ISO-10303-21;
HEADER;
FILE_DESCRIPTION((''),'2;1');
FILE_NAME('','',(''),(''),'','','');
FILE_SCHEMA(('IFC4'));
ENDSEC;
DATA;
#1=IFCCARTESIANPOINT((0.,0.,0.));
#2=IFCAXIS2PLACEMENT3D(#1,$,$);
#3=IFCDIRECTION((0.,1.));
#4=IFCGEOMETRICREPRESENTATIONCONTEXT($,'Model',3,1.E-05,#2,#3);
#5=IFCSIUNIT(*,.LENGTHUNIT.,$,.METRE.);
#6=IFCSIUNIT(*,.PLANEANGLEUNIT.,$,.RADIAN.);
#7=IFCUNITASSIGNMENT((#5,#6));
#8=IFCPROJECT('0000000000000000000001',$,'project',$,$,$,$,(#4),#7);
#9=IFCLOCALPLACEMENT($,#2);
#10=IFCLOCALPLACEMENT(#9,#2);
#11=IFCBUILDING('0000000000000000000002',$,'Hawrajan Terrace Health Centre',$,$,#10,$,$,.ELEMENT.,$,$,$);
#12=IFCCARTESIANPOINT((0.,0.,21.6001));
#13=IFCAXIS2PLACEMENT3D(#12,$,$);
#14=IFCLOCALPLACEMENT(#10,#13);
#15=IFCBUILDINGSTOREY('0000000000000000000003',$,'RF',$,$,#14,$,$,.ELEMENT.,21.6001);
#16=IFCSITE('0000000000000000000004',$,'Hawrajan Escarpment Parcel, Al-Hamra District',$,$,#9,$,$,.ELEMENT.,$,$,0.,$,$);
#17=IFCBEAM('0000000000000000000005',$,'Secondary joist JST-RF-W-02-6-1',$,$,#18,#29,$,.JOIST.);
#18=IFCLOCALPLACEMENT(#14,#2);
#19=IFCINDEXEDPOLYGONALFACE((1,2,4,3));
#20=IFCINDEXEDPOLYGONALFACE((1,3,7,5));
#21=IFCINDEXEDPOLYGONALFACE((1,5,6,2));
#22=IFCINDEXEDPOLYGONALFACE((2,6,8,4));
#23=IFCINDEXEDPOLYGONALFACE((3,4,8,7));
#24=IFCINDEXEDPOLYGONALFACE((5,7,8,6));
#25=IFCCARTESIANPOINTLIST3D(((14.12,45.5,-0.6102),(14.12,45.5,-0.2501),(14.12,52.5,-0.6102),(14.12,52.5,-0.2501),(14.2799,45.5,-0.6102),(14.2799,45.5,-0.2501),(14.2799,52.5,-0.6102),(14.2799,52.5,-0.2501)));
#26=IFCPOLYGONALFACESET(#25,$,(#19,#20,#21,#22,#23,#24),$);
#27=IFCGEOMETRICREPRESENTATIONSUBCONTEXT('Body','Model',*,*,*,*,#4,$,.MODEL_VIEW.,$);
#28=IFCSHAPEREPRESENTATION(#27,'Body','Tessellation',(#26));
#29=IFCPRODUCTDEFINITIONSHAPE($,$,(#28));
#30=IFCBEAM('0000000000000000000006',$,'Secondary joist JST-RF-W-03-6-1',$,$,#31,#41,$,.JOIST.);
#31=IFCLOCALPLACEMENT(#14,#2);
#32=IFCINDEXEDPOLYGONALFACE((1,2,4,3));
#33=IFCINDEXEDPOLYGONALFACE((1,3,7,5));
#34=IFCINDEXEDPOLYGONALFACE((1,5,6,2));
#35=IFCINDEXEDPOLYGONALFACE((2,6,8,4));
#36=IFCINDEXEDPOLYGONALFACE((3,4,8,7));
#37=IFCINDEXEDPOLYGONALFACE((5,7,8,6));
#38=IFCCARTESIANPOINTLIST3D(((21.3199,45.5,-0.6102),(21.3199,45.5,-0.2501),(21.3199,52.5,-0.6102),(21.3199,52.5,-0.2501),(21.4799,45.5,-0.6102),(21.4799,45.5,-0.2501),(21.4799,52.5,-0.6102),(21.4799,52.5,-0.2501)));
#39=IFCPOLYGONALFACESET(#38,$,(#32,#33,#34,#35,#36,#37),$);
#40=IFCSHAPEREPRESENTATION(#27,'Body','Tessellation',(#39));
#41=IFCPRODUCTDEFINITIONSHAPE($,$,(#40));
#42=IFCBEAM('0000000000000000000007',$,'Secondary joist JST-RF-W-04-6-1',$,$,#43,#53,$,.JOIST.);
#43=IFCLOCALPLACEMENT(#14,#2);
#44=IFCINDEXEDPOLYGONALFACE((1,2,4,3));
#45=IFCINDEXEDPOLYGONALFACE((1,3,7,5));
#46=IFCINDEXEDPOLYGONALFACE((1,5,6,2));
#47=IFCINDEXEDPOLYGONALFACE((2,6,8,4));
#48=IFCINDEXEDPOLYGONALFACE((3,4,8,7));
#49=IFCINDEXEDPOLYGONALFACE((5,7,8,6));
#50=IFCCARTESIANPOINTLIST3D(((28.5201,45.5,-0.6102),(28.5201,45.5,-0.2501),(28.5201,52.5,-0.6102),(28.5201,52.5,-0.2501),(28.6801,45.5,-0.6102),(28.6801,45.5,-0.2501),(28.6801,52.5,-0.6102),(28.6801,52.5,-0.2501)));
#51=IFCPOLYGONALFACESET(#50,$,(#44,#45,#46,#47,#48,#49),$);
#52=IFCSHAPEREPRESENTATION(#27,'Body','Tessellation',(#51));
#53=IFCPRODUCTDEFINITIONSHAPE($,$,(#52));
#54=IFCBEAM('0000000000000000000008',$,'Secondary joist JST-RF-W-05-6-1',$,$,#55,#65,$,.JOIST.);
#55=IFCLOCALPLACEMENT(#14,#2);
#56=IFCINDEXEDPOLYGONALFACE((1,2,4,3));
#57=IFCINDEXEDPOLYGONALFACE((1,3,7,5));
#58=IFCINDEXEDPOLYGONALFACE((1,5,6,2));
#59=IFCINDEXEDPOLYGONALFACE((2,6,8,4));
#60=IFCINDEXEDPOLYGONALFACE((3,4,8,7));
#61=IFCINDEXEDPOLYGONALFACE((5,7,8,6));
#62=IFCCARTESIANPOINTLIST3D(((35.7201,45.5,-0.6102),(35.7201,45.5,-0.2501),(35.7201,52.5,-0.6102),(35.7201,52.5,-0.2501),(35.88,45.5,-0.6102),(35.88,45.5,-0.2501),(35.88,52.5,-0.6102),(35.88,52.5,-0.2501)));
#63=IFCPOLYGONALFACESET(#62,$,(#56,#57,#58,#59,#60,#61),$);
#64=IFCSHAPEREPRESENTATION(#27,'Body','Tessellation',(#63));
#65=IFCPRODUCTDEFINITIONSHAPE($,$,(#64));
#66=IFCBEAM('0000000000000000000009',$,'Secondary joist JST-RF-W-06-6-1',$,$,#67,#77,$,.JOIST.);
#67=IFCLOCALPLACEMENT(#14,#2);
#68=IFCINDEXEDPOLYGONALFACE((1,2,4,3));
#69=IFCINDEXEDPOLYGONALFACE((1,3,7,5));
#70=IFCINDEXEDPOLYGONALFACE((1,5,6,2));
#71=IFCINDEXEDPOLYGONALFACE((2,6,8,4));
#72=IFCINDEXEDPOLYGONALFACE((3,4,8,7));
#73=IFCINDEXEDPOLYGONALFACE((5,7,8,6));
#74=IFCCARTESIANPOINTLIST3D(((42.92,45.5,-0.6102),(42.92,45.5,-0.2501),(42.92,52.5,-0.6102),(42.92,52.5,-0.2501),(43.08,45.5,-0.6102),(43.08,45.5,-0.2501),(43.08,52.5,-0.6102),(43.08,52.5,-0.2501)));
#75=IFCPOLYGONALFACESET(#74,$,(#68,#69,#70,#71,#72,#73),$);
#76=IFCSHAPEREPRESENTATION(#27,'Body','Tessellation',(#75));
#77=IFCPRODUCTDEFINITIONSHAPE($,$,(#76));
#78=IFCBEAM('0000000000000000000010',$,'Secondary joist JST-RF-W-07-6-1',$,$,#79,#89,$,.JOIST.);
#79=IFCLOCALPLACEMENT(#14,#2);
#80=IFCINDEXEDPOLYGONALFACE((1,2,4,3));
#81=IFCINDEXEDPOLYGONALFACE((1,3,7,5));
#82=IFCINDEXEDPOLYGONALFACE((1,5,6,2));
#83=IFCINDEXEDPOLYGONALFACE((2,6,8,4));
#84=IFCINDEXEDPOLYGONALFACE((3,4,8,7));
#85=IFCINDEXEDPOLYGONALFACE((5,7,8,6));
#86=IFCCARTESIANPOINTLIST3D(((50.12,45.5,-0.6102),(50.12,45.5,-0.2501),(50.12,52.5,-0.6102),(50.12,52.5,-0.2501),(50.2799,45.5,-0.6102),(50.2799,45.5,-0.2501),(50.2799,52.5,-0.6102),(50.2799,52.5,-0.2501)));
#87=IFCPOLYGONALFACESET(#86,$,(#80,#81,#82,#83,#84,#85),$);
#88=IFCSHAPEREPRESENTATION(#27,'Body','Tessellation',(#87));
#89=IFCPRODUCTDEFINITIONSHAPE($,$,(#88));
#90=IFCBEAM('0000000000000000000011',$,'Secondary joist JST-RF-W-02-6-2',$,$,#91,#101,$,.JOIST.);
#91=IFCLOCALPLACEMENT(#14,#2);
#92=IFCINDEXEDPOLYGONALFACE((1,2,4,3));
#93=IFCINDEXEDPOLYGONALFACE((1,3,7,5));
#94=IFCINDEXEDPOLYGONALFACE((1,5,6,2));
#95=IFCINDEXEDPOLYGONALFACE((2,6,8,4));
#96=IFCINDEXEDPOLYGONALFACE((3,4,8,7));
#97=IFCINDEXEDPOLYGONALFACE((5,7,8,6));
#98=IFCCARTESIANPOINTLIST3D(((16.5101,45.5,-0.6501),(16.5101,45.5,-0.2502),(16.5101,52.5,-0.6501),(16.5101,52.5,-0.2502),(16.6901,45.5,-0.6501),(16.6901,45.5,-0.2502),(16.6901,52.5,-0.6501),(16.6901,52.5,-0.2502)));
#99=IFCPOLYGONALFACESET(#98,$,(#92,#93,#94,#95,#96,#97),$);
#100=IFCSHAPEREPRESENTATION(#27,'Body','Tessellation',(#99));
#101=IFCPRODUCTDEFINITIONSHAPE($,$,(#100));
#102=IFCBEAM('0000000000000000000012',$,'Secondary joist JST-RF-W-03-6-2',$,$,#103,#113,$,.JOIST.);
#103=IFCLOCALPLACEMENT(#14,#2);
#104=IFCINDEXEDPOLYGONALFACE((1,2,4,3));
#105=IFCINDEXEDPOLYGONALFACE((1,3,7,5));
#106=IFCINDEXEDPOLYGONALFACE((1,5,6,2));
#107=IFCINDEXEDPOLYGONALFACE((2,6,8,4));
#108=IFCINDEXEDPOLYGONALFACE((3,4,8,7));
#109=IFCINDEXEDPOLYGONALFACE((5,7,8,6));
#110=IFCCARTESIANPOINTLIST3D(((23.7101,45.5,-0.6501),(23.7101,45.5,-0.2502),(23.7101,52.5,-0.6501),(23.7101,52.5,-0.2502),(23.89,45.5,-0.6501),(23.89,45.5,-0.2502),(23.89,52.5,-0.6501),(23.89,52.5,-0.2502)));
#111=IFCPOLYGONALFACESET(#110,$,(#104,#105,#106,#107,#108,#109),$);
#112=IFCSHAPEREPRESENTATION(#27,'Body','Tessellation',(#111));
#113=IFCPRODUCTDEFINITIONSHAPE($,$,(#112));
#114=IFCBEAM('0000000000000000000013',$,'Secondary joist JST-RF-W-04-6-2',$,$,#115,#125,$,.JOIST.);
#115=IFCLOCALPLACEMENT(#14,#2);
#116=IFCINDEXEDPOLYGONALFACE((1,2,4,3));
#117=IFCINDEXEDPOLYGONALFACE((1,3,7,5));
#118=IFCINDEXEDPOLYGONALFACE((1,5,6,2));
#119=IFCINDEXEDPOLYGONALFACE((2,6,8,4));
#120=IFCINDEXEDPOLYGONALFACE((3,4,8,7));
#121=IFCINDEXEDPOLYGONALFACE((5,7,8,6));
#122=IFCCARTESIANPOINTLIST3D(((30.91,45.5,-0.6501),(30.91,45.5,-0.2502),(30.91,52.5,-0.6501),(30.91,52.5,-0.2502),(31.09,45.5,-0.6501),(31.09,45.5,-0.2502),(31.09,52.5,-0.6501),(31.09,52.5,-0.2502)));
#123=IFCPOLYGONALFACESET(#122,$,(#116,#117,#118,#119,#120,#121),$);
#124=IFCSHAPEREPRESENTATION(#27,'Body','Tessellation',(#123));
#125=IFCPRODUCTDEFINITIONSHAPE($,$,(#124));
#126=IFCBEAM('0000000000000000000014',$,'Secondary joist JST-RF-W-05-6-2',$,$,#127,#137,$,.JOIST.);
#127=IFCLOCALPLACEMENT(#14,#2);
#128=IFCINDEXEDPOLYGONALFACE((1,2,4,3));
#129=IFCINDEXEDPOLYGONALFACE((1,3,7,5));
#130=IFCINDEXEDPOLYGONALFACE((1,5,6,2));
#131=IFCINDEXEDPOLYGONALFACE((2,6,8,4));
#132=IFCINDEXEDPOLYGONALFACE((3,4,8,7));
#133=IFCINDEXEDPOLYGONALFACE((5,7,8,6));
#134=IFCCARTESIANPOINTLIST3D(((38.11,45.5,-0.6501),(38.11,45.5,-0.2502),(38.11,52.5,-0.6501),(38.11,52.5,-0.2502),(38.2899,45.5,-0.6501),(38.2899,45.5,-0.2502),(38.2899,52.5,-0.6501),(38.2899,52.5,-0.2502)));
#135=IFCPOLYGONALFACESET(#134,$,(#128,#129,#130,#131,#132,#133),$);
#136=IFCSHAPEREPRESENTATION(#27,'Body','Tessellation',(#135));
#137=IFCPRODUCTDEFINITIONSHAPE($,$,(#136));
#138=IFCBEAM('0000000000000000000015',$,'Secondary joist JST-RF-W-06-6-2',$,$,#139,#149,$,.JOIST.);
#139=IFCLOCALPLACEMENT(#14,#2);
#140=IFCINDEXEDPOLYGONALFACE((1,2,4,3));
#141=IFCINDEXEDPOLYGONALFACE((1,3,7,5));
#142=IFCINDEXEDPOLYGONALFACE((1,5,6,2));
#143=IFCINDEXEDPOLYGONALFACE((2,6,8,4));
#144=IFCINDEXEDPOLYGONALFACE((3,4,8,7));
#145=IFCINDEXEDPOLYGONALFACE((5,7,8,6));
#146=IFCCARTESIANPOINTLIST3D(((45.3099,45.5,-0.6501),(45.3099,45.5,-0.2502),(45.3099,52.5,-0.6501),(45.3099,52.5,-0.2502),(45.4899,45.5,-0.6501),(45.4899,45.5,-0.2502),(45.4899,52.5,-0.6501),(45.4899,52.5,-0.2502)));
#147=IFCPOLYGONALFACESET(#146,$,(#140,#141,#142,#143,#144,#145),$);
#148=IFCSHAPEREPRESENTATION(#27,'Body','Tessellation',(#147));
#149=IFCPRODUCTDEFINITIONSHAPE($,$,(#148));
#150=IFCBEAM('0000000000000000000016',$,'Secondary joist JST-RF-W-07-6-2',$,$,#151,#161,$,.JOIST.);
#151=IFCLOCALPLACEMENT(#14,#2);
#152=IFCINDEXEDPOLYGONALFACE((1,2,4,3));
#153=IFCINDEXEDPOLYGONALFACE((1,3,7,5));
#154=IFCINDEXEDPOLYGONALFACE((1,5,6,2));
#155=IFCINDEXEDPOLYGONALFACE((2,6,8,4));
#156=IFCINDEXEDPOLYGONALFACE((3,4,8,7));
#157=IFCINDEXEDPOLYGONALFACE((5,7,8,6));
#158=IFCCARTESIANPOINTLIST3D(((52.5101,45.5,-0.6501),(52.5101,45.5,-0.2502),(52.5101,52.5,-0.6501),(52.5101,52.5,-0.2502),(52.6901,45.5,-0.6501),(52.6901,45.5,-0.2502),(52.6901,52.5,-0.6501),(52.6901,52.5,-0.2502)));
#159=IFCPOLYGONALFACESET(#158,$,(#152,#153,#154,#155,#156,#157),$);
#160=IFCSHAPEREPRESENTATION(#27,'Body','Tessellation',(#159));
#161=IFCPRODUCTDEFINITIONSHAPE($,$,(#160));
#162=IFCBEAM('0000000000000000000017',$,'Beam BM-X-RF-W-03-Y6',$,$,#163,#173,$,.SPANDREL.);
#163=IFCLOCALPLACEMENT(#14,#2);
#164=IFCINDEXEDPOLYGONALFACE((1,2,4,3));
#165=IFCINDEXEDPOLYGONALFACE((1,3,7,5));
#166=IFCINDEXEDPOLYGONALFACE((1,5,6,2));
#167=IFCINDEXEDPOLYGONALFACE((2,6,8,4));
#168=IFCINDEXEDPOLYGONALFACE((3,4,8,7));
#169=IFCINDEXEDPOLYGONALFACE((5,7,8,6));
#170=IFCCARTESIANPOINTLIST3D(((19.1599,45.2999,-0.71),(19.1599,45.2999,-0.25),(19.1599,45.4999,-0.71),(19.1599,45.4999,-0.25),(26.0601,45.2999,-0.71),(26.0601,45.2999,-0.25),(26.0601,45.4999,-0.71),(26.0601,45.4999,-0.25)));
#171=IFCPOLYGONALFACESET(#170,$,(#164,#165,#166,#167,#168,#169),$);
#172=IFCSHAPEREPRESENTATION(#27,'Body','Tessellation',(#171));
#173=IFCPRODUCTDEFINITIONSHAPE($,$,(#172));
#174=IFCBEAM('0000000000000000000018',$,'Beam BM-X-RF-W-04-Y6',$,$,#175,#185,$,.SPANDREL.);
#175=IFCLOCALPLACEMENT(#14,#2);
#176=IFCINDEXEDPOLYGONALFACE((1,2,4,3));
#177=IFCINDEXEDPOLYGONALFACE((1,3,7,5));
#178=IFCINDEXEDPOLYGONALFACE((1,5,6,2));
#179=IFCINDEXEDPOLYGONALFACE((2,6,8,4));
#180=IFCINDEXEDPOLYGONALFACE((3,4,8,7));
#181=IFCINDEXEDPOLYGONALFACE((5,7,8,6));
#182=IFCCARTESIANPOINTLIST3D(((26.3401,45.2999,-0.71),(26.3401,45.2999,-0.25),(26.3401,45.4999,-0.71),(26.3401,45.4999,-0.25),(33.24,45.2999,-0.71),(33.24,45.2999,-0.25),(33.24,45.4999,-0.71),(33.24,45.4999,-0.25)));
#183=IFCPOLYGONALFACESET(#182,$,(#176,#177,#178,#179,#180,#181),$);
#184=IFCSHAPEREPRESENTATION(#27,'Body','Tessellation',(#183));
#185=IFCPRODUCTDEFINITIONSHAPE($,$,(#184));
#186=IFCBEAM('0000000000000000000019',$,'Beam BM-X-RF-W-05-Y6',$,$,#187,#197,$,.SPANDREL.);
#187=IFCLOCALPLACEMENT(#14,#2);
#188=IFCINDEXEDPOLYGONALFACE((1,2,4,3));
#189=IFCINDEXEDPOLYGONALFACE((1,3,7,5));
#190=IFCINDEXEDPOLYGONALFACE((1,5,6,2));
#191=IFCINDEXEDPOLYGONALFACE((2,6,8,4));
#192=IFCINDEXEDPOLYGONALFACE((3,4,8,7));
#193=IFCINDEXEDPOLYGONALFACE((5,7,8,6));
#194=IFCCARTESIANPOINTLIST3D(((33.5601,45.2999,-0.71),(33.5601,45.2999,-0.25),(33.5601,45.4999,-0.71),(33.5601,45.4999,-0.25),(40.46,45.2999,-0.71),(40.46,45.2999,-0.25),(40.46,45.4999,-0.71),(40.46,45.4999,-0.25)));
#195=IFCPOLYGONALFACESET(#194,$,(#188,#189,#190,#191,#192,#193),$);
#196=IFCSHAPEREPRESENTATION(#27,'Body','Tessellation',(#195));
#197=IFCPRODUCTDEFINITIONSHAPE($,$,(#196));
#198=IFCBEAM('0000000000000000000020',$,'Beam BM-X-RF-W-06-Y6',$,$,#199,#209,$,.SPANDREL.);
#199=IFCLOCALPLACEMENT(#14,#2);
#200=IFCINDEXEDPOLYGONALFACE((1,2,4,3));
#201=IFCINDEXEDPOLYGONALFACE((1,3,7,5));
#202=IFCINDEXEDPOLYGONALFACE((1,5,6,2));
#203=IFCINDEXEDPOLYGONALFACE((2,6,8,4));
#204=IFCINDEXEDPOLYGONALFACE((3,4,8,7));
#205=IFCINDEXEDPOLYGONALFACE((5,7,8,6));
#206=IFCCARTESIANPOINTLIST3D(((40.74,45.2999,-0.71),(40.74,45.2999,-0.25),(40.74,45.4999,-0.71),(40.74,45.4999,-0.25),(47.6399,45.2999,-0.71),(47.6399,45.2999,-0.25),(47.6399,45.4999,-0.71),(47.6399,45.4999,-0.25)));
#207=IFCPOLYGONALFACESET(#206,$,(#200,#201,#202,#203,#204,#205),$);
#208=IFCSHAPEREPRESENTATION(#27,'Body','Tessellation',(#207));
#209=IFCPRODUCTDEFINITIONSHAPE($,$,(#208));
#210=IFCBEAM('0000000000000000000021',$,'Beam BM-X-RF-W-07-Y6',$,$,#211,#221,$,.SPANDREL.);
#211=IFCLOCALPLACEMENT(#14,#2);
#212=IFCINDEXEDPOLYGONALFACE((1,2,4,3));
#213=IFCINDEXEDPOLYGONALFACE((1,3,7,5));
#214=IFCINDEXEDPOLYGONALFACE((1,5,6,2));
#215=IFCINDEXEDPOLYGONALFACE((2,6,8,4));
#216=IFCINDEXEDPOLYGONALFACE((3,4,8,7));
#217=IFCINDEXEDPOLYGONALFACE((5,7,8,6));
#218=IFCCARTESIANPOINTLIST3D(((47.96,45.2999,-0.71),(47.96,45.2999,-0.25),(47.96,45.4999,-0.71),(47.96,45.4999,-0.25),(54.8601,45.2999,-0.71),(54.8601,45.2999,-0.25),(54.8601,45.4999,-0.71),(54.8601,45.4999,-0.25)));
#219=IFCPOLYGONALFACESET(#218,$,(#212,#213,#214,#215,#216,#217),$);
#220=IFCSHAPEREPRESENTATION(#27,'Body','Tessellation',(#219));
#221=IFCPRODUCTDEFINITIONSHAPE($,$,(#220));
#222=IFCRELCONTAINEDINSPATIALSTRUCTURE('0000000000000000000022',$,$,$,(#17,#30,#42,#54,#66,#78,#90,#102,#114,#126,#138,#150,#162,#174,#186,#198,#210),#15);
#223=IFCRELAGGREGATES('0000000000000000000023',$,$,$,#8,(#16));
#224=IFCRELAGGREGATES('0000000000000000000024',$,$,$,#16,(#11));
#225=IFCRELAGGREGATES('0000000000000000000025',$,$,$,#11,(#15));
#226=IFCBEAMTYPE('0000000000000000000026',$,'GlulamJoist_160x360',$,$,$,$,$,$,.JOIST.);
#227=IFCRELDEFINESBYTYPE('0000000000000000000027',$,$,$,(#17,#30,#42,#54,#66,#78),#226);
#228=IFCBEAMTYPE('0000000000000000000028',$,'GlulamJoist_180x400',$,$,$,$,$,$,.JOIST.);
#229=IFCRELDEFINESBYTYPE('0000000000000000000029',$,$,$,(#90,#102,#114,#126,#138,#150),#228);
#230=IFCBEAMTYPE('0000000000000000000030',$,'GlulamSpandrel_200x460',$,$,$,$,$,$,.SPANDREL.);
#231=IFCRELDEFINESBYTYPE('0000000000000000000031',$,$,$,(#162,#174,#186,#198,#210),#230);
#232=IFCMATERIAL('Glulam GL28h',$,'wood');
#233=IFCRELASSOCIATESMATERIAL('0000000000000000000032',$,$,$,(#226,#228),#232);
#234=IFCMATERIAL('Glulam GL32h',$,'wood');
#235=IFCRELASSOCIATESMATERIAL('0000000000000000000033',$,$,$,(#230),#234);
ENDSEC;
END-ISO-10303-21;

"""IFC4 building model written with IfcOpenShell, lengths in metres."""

from ifc_helpers import new_model, si_unit, direction, frame, origin, origin_2d, place, context, subcontext, project, spatial, rectangle, extrude, material, material_profile, profile_set, type_object, element, save


model = new_model("IFC4")

# Units and contexts
model_context = context("Model", 3, precision=1e-05, world=origin(), true_north=direction((0.0, 1.0)))
body_context = subcontext(model_context, "Body", "Model", "MODEL_VIEW")
ifc_project = project(units=[si_unit("LENGTHUNIT", "METRE"), si_unit("PLANEANGLEUNIT", "RADIAN")], contexts=[model_context])

# Site, building, storey
site_placement = place(None, origin())
site = spatial("IfcSite", under=ifc_project, at=site_placement, Name="Hawrajan Escarpment Parcel, Al-Hamra District", CompositionType="ELEMENT", RefElevation=0.0)
building_placement = place(site_placement, origin())
building = spatial("IfcBuilding", under=site, at=building_placement, Name="Hawrajan Terrace Health Centre", CompositionType="ELEMENT")
storey_placement = place(building_placement, frame((0.0, 0.0, 21.6001)))
storey = spatial("IfcBuildingStorey", under=building, at=storey_placement, Name="RF", CompositionType="ELEMENT", Elevation=21.6001)

# Beams
ifc_material_1 = material(Name="Glulam GL28h", Category="wood")
ifc_material_profile_1 = material_profile(ifc_material_1, rectangle(XDim=0.1599, YDim=0.3601, at=origin_2d()), Name="GL JST 160x360")
ifc_profile_set_1 = profile_set([ifc_material_profile_1], Name="Glulam GL28h")
beam_type_1 = type_object("IfcBeamType", Name="GlulamJoist_160x360", PredefinedType="JOIST", material=ifc_profile_set_1)
for number, where, z_axis, x_axis, name in (
    (1, (14.2, 45.5, -0.4302), (0.0, 1.0, 0.0), (-1.0, 0.0, 0.0), "Secondary joist JST-RF-W-02-6-1"),
    (2, (21.3999, 45.5, -0.4302), (0.0, 1.0, 0.0), (-1.0, 0.0, 0.0), "Secondary joist JST-RF-W-03-6-1"),
    (3, (28.6001, 45.5, -0.4302), (0.0, 1.0, 0.0), (-1.0, 0.0, 0.0), "Secondary joist JST-RF-W-04-6-1"),
    (4, (35.8, 45.5, -0.4302), (0.0, 1.0, 0.0), (-1.0, 0.0, 0.0), "Secondary joist JST-RF-W-05-6-1"),
    (5, (43.0, 45.5, -0.4302), (0.0, 1.0, 0.0), (-1.0, 0.0, 0.0), "Secondary joist JST-RF-W-06-6-1"),
    (6, (50.2, 45.5, -0.4302), (0.0, 1.0, 0.0), (-1.0, 0.0, 0.0), "Secondary joist JST-RF-W-07-6-1"),
):
    element("IfcBeam", number, at=place(storey_placement, frame(where, z_axis=z_axis, x_axis=x_axis)), inside=storey, type_object=beam_type_1, Name=name, PredefinedType="JOIST", context=body_context, shape_type="SweptSolid", body=[
        extrude(rectangle(XDim=0.1599, YDim=0.3601, at=origin_2d()), origin(), (0.0, 0.0, 1.0), 7.0),
    ])
ifc_material_profile_2 = material_profile(ifc_material_1, rectangle(XDim=0.1799, YDim=0.3999, at=origin_2d()), Name="GL JST 180x400")
ifc_profile_set_2 = profile_set([ifc_material_profile_2], Name="Glulam GL28h")
beam_type_2 = type_object("IfcBeamType", Name="GlulamJoist_180x400", PredefinedType="JOIST", material=ifc_profile_set_2)
for number, where, z_axis, x_axis, name in (
    (7, (16.6001, 45.5, -0.4502), (0.0, 1.0, 0.0), (-1.0, 0.0, 0.0), "Secondary joist JST-RF-W-02-6-2"),
    (8, (23.8, 45.5, -0.4502), (0.0, 1.0, 0.0), (-1.0, 0.0, 0.0), "Secondary joist JST-RF-W-03-6-2"),
    (9, (31.0, 45.5, -0.4502), (0.0, 1.0, 0.0), (-1.0, 0.0, 0.0), "Secondary joist JST-RF-W-04-6-2"),
    (10, (38.2, 45.5, -0.4502), (0.0, 1.0, 0.0), (-1.0, 0.0, 0.0), "Secondary joist JST-RF-W-05-6-2"),
    (11, (45.3999, 45.5, -0.4502), (0.0, 1.0, 0.0), (-1.0, 0.0, 0.0), "Secondary joist JST-RF-W-06-6-2"),
    (12, (52.6001, 45.5, -0.4502), (0.0, 1.0, 0.0), (-1.0, 0.0, 0.0), "Secondary joist JST-RF-W-07-6-2"),
):
    element("IfcBeam", number, at=place(storey_placement, frame(where, z_axis=z_axis, x_axis=x_axis)), inside=storey, type_object=beam_type_2, Name=name, PredefinedType="JOIST", context=body_context, shape_type="SweptSolid", body=[
        extrude(rectangle(XDim=0.1799, YDim=0.3999, at=origin_2d()), origin(), (0.0, 0.0, 1.0), 7.0),
    ])
ifc_material_2 = material(Name="Glulam GL32h", Category="wood")
ifc_material_profile_3 = material_profile(ifc_material_2, rectangle(XDim=0.2, YDim=0.46, at=origin_2d()), Name="GL SP 200x460")
ifc_profile_set_3 = profile_set([ifc_material_profile_3], Name="Glulam GL32h")
beam_type_3 = type_object("IfcBeamType", Name="GlulamSpandrel_200x460", PredefinedType="SPANDREL", material=ifc_profile_set_3)
beam_1_placement = place(storey_placement, frame((19.1599, 45.3999, -0.48), z_axis=(1.0, 0.0, 0.0), x_axis=(0.0, 1.0, 0.0)))
element("IfcBeam", 13, at=beam_1_placement, inside=storey, type_object=beam_type_3, Name="Beam BM-X-RF-W-03-Y6", PredefinedType="SPANDREL", context=body_context, shape_type="SweptSolid", body=[
    extrude(rectangle(XDim=0.2, YDim=0.46, at=origin_2d()), origin(), (0.0, 0.0, 1.0), 6.9001),
])
for number, where, z_axis, x_axis, name in (
    (14, (26.3401, 45.3999, -0.48), (1.0, 0.0, 0.0), (0.0, 1.0, 0.0), "Beam BM-X-RF-W-04-Y6"),
    (15, (33.5601, 45.3999, -0.48), (1.0, 0.0, 0.0), (0.0, 1.0, 0.0), "Beam BM-X-RF-W-05-Y6"),
    (16, (40.74, 45.3999, -0.48), (1.0, 0.0, 0.0), (0.0, 1.0, 0.0), "Beam BM-X-RF-W-06-Y6"),
):
    element("IfcBeam", number, at=place(storey_placement, frame(where, z_axis=z_axis, x_axis=x_axis)), inside=storey, type_object=beam_type_3, Name=name, PredefinedType="SPANDREL", context=body_context, shape_type="SweptSolid", body=[
        extrude(rectangle(XDim=0.2, YDim=0.46, at=origin_2d()), origin(), (0.0, 0.0, 1.0), 6.8999),
    ])
beam_2_placement = place(storey_placement, frame((47.96, 45.3999, -0.48), z_axis=(1.0, 0.0, 0.0), x_axis=(0.0, 1.0, 0.0)))
element("IfcBeam", 17, at=beam_2_placement, inside=storey, type_object=beam_type_3, Name="Beam BM-X-RF-W-07-Y6", PredefinedType="SPANDREL", context=body_context, shape_type="SweptSolid", body=[
    extrude(rectangle(XDim=0.2, YDim=0.46, at=origin_2d()), origin(), (0.0, 0.0, 1.0), 6.9001),
])

save(model, "model.ifc")
